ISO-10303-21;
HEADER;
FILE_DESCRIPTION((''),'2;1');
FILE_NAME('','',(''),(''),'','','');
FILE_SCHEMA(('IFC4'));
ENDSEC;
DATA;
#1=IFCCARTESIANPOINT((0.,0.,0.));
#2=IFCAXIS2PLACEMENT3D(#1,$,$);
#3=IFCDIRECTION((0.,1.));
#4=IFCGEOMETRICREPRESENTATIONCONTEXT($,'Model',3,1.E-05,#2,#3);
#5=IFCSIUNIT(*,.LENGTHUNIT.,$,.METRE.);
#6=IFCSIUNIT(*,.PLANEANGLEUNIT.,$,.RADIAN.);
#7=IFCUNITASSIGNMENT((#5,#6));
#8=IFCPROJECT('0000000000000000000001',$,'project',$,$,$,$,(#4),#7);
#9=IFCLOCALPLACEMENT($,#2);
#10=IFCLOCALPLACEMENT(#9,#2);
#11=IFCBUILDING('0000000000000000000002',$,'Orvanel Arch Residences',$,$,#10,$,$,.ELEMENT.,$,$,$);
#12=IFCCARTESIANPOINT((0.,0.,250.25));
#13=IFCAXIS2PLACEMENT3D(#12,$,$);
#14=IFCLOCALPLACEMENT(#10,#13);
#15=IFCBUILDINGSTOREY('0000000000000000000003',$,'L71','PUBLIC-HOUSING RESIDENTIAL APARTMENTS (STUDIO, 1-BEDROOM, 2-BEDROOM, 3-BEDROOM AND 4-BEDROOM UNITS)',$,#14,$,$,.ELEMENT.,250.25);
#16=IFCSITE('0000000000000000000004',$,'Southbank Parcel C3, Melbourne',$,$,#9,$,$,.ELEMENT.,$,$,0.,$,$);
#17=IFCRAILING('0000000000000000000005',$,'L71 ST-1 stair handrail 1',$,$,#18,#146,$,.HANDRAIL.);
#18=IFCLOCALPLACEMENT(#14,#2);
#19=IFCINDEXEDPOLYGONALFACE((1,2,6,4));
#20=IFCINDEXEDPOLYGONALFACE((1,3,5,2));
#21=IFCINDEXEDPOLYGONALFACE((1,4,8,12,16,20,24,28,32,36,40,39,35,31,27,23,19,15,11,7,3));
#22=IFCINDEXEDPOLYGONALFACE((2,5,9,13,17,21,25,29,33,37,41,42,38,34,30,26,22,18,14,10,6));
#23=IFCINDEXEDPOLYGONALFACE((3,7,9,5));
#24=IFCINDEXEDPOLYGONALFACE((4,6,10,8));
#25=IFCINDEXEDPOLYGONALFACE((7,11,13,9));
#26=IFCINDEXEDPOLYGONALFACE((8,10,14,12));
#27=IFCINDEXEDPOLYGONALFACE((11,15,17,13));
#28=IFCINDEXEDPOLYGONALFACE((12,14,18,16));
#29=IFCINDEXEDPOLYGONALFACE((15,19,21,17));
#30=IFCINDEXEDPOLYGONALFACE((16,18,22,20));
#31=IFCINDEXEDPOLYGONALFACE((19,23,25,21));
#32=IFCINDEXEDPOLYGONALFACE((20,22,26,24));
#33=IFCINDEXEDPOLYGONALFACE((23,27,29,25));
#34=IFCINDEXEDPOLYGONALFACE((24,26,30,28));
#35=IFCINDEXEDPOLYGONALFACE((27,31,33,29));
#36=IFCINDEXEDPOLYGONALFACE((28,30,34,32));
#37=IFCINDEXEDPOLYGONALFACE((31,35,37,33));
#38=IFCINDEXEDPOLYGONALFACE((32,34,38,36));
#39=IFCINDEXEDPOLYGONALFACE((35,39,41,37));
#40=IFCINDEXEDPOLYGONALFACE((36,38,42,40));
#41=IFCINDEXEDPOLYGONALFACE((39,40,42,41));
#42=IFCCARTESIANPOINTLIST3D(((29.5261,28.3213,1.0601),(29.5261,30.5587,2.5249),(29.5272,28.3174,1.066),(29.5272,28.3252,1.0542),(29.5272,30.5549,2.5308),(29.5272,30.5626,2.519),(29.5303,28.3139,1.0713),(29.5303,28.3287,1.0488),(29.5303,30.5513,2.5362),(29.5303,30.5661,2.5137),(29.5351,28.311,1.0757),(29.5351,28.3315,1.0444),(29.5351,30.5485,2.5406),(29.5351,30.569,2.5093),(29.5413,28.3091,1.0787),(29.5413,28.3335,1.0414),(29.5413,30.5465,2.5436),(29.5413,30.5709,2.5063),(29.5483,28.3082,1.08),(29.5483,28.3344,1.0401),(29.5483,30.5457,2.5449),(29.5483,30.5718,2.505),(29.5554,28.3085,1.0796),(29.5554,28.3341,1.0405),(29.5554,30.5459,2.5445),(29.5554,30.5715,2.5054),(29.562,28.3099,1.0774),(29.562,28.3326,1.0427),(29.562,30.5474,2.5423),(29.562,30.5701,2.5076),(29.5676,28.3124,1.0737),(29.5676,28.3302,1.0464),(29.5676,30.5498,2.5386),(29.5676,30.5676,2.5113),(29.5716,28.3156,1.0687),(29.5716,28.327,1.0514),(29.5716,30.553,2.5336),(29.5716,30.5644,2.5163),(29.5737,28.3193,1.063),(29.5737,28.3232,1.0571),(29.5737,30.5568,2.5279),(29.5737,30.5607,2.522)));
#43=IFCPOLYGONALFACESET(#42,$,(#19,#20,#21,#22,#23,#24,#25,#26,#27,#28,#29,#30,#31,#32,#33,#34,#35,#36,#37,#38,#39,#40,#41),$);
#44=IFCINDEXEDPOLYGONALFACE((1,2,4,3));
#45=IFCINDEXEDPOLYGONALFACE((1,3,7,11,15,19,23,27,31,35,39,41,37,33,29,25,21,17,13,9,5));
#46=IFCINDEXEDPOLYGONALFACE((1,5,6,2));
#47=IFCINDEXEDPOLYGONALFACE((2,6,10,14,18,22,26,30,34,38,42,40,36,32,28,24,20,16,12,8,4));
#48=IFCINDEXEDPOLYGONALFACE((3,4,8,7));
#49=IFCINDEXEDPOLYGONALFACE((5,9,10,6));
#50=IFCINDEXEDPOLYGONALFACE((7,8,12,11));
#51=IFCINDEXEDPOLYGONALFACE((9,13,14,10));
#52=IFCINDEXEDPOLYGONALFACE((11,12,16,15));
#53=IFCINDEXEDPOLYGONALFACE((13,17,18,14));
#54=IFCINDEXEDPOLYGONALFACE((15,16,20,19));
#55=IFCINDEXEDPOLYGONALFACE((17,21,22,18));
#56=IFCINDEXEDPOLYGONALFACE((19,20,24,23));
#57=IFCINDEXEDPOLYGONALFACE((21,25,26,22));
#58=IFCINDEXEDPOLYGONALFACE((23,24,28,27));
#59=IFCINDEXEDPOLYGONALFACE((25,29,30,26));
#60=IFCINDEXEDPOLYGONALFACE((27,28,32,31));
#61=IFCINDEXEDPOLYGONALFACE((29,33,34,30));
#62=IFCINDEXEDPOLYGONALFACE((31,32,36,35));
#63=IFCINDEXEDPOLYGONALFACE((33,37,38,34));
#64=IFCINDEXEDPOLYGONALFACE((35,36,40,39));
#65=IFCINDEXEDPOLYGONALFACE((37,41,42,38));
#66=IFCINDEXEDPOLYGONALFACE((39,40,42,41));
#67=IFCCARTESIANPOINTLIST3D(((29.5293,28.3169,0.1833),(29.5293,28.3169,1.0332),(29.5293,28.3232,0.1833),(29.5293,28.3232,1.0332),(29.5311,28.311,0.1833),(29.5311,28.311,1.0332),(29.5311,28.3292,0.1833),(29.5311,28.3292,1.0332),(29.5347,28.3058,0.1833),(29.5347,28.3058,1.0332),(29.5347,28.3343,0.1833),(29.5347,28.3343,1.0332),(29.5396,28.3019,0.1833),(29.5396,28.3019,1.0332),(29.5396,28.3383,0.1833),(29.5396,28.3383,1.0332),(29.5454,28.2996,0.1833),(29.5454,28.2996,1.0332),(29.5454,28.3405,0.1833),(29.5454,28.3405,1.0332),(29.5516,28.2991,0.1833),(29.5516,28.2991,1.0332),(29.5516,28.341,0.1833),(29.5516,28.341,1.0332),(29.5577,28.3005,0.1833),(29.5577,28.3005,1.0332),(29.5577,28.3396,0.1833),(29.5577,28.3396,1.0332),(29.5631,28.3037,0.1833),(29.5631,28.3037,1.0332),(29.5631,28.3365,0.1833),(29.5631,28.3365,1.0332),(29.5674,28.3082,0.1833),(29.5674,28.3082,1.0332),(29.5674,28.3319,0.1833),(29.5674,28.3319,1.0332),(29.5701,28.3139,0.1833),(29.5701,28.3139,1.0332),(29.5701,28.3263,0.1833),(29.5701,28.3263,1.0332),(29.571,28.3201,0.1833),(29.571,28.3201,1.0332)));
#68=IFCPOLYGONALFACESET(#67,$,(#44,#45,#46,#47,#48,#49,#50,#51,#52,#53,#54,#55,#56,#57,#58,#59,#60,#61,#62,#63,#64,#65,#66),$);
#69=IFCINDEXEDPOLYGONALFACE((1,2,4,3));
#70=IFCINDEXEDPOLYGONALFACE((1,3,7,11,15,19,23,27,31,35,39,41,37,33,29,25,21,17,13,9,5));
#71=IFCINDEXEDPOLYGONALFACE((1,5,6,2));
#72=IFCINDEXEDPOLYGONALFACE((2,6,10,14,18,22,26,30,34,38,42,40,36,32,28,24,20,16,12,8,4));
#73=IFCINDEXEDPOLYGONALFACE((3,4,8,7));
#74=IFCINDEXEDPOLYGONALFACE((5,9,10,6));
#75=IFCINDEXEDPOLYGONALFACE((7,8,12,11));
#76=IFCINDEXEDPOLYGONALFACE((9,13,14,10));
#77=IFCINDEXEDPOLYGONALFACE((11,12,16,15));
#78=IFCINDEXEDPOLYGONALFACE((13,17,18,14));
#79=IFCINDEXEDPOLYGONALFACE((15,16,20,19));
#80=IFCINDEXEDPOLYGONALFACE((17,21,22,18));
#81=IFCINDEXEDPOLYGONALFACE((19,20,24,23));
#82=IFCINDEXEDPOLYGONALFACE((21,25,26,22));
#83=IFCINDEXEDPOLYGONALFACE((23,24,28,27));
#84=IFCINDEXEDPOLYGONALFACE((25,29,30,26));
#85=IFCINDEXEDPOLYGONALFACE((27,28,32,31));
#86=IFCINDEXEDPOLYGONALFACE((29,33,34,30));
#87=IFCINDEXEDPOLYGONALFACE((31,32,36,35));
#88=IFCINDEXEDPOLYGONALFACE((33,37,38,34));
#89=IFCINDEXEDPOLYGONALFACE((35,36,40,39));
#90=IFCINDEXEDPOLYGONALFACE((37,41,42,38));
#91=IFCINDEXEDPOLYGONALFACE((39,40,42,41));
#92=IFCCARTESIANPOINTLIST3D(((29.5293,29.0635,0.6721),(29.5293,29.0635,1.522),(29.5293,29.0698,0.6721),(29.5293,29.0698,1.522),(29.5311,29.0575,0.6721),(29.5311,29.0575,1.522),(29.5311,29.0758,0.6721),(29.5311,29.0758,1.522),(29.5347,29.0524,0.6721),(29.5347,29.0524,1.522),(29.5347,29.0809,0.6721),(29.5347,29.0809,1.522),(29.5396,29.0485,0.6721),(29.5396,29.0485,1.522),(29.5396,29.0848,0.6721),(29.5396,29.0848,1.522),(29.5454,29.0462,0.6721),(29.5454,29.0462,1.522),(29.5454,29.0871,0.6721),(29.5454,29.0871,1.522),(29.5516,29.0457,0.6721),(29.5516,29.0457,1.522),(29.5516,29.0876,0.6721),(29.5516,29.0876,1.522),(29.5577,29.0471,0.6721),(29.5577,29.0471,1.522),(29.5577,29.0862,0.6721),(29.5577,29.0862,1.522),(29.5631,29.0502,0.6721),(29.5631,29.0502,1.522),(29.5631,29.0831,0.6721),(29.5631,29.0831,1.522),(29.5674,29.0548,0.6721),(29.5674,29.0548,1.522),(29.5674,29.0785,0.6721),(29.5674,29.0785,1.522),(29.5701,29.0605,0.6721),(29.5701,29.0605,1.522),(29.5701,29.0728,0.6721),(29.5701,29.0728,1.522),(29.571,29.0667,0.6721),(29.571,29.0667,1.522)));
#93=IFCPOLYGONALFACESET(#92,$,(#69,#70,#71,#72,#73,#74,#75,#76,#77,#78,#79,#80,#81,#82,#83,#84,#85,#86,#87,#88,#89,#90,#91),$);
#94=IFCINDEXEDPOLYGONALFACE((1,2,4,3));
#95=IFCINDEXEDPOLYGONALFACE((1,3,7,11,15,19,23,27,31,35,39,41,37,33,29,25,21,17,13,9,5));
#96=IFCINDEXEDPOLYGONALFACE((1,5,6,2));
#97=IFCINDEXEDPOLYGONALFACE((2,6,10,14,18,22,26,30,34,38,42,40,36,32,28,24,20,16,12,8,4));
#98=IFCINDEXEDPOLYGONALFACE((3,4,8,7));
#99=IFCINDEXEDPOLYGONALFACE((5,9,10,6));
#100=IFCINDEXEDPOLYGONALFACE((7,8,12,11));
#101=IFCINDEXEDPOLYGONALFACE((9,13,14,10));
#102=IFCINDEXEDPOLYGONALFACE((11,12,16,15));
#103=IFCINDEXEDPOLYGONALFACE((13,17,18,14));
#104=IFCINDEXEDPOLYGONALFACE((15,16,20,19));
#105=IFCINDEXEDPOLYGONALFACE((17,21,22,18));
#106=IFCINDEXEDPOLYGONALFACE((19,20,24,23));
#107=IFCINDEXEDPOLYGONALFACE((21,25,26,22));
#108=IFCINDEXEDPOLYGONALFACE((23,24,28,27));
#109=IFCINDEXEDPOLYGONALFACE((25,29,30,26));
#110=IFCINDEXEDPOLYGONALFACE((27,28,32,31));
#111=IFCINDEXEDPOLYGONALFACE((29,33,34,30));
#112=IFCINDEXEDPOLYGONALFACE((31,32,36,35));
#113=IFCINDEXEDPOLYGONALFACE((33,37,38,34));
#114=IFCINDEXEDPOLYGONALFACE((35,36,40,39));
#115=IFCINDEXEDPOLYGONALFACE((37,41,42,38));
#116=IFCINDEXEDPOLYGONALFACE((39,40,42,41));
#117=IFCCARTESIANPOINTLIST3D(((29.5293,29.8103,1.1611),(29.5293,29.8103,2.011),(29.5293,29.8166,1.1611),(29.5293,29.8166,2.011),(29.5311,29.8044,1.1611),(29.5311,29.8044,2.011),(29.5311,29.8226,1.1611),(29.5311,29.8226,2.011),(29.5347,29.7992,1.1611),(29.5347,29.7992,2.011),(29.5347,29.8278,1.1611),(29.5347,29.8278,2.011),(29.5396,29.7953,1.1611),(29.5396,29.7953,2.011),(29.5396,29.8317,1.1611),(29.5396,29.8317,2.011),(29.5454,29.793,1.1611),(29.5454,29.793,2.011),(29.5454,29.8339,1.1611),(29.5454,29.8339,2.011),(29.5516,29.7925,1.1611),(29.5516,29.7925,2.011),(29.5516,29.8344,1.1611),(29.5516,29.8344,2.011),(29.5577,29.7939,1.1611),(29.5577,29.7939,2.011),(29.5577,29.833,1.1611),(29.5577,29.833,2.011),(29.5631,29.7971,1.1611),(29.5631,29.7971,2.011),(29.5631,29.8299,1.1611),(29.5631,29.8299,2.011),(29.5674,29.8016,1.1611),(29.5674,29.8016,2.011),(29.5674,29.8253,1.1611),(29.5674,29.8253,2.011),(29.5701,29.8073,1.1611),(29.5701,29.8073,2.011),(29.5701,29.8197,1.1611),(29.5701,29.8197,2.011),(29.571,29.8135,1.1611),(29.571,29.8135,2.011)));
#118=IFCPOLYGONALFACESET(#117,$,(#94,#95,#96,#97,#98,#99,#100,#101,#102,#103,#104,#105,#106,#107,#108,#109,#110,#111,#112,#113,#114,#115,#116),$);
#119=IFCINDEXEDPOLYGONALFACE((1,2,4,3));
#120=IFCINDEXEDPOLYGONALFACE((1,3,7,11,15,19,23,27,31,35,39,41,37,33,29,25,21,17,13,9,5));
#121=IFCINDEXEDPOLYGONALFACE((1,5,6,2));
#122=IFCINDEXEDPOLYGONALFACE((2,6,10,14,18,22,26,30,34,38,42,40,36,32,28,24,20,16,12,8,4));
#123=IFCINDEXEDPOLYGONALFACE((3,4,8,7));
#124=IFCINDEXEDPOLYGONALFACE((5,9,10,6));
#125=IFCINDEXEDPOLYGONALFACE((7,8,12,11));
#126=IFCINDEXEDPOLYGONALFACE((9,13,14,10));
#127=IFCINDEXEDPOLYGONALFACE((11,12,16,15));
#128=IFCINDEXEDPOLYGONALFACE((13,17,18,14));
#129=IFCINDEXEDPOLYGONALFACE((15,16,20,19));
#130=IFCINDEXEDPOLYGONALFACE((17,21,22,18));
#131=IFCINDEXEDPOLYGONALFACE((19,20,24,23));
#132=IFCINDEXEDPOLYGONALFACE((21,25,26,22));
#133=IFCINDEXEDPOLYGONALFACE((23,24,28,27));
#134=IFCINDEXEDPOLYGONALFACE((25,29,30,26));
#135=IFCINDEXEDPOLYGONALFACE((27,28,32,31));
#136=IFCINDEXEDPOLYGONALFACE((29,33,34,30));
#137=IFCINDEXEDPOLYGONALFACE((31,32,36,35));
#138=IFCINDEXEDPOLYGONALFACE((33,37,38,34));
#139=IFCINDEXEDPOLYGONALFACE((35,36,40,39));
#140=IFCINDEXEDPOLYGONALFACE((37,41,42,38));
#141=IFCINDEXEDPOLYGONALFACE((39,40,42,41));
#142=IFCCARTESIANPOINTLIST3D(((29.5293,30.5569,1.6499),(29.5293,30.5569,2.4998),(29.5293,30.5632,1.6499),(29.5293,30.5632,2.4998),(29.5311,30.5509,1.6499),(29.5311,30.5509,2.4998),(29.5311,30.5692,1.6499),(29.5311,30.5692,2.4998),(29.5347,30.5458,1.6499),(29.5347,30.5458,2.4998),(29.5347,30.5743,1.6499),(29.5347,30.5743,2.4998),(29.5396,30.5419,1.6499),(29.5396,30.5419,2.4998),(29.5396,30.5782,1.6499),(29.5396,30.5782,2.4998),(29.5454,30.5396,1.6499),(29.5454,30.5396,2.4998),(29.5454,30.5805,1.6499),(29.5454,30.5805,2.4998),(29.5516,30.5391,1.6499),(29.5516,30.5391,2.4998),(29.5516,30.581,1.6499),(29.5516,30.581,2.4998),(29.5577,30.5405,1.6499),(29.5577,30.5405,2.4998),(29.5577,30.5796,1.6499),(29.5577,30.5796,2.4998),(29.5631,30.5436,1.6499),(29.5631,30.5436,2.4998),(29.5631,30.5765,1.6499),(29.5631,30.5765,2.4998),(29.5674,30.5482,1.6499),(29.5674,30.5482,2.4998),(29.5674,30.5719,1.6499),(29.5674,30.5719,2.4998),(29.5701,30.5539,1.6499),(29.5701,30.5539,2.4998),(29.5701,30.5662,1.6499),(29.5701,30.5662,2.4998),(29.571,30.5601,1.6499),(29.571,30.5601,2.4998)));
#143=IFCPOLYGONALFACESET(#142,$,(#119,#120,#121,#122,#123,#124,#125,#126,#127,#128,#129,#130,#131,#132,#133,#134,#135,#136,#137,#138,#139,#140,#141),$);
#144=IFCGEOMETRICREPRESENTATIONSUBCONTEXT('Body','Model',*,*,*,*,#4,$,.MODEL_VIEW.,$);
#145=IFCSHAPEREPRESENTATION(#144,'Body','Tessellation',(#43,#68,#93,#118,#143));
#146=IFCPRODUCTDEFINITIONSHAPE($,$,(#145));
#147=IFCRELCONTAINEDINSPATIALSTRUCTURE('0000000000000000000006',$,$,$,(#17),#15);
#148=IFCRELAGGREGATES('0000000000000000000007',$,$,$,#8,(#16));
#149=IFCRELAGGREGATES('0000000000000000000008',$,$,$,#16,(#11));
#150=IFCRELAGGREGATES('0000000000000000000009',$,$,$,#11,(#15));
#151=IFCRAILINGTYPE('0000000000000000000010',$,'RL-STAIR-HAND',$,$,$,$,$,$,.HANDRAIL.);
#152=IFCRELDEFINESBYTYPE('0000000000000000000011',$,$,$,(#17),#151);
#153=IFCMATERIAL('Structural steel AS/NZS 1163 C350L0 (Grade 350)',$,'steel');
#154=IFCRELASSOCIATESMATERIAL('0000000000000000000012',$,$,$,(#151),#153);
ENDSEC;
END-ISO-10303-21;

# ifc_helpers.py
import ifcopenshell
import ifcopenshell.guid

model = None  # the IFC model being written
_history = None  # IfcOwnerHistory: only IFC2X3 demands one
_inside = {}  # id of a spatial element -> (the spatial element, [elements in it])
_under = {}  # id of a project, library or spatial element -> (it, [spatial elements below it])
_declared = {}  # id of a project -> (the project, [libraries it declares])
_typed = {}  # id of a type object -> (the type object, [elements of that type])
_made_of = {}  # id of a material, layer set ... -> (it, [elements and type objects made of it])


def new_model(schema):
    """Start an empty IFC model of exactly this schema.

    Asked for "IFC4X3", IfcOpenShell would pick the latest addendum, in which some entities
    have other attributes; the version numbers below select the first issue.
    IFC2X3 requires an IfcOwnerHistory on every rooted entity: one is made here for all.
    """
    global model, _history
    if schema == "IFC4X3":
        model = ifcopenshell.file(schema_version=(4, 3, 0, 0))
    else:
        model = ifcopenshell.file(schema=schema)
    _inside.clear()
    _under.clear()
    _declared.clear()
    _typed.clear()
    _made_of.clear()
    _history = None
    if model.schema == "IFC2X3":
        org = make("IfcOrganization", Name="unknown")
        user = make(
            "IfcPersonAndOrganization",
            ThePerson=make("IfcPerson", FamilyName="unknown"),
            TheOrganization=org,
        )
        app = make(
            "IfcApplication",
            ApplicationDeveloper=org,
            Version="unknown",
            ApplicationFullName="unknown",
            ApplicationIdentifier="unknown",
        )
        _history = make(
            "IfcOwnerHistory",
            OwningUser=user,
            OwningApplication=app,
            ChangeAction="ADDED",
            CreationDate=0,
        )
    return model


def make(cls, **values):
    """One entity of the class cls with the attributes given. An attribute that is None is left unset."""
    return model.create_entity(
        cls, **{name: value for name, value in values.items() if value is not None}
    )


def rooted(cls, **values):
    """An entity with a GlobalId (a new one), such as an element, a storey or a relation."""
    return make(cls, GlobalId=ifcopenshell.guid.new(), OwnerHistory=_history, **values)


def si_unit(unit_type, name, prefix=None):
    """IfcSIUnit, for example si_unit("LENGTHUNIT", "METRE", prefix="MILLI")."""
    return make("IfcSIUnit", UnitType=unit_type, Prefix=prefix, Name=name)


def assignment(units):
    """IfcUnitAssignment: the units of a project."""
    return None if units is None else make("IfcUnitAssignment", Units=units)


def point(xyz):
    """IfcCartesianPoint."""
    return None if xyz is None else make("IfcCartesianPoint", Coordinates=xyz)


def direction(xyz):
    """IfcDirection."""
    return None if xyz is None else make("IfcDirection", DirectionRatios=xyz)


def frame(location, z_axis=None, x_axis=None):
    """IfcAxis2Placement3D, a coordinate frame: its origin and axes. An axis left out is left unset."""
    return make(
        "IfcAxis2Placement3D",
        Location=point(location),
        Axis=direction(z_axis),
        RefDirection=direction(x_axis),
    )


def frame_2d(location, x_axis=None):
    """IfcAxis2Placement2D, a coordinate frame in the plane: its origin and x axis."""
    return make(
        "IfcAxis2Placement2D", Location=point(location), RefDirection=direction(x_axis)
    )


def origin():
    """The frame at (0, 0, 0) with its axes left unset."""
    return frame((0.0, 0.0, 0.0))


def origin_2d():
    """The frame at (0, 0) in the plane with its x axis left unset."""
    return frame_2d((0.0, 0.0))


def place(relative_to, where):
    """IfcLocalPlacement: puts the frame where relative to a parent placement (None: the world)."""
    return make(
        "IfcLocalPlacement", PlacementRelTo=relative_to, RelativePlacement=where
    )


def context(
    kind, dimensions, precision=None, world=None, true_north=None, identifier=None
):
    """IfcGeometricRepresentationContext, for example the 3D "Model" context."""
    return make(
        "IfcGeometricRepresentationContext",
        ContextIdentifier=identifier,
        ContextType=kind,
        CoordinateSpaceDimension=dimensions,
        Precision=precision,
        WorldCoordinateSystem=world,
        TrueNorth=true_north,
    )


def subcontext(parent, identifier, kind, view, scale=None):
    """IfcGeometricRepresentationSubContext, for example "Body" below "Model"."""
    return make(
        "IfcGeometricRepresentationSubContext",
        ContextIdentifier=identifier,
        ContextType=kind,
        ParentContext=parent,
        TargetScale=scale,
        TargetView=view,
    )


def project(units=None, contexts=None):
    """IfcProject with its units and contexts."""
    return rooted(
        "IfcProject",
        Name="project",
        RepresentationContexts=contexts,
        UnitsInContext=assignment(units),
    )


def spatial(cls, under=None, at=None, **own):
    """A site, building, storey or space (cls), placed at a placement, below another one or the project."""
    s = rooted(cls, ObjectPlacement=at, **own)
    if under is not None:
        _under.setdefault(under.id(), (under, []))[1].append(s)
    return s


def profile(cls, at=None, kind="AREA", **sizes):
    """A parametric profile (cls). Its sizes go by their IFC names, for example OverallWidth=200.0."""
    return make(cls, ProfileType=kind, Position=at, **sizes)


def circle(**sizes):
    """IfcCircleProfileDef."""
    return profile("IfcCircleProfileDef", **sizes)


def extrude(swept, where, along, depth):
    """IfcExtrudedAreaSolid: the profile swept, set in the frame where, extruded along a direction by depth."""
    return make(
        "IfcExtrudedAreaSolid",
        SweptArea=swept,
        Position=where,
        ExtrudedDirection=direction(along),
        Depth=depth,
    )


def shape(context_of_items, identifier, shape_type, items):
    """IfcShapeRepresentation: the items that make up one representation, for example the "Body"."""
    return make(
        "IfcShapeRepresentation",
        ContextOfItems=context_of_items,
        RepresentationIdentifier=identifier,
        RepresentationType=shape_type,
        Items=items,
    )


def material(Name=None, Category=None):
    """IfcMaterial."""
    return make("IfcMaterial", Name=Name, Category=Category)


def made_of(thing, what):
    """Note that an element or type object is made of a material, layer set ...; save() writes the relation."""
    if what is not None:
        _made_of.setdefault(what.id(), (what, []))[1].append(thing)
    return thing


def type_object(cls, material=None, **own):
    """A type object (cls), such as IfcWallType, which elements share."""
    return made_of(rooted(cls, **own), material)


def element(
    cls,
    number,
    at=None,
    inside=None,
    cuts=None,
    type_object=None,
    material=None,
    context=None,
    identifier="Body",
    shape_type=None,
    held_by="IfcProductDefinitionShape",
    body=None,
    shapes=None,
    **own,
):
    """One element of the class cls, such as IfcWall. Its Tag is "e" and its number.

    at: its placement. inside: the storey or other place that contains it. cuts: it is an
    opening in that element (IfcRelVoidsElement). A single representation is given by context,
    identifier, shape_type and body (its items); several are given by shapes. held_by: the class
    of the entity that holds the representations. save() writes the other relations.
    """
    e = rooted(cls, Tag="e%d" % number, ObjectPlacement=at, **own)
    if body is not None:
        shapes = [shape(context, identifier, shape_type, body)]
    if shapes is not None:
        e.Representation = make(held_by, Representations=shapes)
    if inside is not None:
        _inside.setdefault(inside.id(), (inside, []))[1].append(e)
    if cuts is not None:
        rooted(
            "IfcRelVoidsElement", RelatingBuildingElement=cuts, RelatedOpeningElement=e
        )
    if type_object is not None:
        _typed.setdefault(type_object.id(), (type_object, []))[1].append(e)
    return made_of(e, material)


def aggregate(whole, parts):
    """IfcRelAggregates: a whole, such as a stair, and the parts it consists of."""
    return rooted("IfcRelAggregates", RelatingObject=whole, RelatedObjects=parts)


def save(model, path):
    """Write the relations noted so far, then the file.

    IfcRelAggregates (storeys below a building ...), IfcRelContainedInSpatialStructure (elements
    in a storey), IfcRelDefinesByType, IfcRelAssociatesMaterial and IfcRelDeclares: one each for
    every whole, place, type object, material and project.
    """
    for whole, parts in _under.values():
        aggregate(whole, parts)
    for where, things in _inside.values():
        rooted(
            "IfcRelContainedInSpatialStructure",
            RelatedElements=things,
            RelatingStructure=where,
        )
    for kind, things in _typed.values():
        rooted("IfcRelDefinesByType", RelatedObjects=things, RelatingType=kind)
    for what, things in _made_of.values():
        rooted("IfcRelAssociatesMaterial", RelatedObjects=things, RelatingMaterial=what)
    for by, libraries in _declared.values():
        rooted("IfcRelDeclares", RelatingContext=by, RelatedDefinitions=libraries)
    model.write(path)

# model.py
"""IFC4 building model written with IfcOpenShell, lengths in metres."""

from ifc_helpers import new_model, si_unit, direction, frame, origin, origin_2d, place, context, subcontext, project, spatial, circle, extrude, material, type_object, element, save


model = new_model("IFC4")

# Units and contexts
model_context = context("Model", 3, precision=1e-05, world=origin(), true_north=direction((0.0, 1.0)))
body_context = subcontext(model_context, "Body", "Model", "MODEL_VIEW")
ifc_project = project(units=[si_unit("LENGTHUNIT", "METRE"), si_unit("PLANEANGLEUNIT", "RADIAN")], contexts=[model_context])

# Site, building, storey
site_placement = place(None, origin())
site = spatial("IfcSite", under=ifc_project, at=site_placement, Name="Southbank Parcel C3, Melbourne", CompositionType="ELEMENT", RefElevation=0.0)
building_placement = place(site_placement, origin())
building = spatial("IfcBuilding", under=site, at=building_placement, Name="Orvanel Arch Residences", CompositionType="ELEMENT")
storey_placement = place(building_placement, frame((0.0, 0.0, 250.25)))
storey = spatial("IfcBuildingStorey", under=building, at=storey_placement, Name="L71", Description="PUBLIC-HOUSING RESIDENTIAL APARTMENTS (STUDIO, 1-BEDROOM, 2-BEDROOM, 3-BEDROOM AND 4-BEDROOM UNITS)", CompositionType="ELEMENT", Elevation=250.25)

# Railing
ifc_material_1 = material(Name="Structural steel AS/NZS 1163 C350L0 (Grade 350)", Category="steel")
railing_type_1 = type_object("IfcRailingType", Name="RL-STAIR-HAND", PredefinedType="HANDRAIL", material=ifc_material_1)
railing_1_placement = place(storey_placement, frame((29.55, 28.3201, 0.1833)))
element("IfcRailing", 1, at=railing_1_placement, inside=storey, type_object=railing_type_1, Name="L71 ST-1 stair handrail 1", PredefinedType="HANDRAIL", context=body_context, shape_type="SweptSolid", body=[
    extrude(circle(Radius=0.0239, at=origin_2d()), frame((0.0, 0.0012, 0.8767), z_axis=(0.0, 0.836637, 0.547758), x_axis=(-1.0, 0.0, 0.0)), (0.0, 0.0, 1.0), 2.6743),
    extrude(circle(Radius=0.021, at=origin_2d()), origin(), (0.0, 0.0, 1.0), 0.8499),
    extrude(circle(Radius=0.021, at=origin_2d()), frame((0.0, 0.7466, 0.4888)), (0.0, 0.0, 1.0), 0.8499),
    extrude(circle(Radius=0.021, at=origin_2d()), frame((0.0, 1.4934, 0.9778)), (0.0, 0.0, 1.0), 0.8499),
    extrude(circle(Radius=0.021, at=origin_2d()), frame((0.0, 2.24, 1.4666)), (0.0, 0.0, 1.0), 0.8499),
])

save(model, "model.ifc")
